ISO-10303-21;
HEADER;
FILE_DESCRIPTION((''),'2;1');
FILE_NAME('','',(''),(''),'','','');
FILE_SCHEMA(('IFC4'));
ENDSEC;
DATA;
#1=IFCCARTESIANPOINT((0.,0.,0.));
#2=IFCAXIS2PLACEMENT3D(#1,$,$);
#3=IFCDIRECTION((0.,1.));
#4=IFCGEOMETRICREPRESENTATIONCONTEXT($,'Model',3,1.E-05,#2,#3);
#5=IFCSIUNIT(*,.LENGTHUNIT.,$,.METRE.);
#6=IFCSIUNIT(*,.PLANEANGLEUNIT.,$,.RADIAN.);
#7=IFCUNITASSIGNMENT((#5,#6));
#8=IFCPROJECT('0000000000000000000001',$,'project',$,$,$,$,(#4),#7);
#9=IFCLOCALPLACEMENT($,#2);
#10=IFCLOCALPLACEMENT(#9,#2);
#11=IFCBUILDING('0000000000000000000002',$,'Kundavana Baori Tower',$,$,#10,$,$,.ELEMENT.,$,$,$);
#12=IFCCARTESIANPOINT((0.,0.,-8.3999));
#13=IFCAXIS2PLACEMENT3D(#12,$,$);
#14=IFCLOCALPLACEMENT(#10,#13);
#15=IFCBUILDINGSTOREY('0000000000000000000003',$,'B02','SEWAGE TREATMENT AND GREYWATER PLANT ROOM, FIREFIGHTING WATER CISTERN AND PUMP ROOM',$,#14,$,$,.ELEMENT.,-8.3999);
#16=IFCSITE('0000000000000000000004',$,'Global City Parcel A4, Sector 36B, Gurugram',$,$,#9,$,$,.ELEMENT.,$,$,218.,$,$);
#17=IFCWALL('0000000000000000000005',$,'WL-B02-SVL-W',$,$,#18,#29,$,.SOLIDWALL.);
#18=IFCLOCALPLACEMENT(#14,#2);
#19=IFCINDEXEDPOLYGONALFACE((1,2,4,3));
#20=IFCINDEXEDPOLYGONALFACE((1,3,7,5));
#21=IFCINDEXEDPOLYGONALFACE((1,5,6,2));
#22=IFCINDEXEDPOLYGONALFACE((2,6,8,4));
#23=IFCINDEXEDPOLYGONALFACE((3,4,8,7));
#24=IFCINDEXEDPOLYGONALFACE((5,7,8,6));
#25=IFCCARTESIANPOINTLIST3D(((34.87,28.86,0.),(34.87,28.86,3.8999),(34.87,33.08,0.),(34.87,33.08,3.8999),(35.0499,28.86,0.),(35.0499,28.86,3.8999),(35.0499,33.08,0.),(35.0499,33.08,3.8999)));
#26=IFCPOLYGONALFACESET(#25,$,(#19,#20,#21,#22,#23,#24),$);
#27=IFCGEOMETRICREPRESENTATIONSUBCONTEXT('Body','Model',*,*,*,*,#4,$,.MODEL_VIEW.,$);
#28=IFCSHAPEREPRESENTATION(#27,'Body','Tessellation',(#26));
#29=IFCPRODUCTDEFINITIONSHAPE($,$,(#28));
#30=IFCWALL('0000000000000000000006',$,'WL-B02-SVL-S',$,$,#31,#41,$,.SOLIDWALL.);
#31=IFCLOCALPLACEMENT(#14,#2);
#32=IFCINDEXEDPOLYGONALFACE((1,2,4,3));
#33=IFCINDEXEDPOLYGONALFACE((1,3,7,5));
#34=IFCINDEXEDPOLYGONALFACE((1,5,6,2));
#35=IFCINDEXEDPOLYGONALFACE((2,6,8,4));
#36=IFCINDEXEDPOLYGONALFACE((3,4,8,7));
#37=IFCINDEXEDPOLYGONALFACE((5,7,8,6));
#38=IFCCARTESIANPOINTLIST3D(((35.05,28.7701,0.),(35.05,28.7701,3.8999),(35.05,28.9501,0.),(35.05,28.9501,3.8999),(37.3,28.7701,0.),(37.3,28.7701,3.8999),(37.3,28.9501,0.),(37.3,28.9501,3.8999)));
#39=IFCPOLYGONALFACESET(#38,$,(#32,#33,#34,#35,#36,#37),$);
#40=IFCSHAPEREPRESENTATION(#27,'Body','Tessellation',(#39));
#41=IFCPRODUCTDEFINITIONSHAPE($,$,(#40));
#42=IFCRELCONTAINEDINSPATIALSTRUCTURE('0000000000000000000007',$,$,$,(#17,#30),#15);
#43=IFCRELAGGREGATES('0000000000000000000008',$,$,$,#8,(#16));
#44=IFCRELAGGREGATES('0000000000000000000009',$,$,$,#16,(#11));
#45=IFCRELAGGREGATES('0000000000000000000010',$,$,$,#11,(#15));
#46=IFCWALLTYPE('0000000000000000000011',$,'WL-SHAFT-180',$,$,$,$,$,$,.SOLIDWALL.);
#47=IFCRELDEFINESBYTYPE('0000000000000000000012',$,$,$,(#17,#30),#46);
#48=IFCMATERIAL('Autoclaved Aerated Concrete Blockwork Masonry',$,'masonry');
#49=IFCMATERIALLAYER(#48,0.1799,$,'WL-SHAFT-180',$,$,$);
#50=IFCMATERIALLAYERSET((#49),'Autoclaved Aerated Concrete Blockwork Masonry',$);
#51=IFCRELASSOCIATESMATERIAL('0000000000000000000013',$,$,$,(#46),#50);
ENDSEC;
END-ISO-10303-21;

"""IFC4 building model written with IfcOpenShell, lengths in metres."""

from ifc_helpers import new_model, si_unit, direction, frame, frame_2d, origin, place, context, subcontext, project, spatial, rectangle, extrude, material, layer, layer_set, type_object, element, save


model = new_model("IFC4")

# Units and contexts
model_context = context("Model", 3, precision=1e-05, world=origin(), true_north=direction((0.0, 1.0)))
body_context = subcontext(model_context, "Body", "Model", "MODEL_VIEW")
ifc_project = project(units=[si_unit("LENGTHUNIT", "METRE"), si_unit("PLANEANGLEUNIT", "RADIAN")], contexts=[model_context])

# Site, building, storey
site_placement = place(None, origin())
site = spatial("IfcSite", under=ifc_project, at=site_placement, Name="Global City Parcel A4, Sector 36B, Gurugram", CompositionType="ELEMENT", RefElevation=218.0)
building_placement = place(site_placement, origin())
building = spatial("IfcBuilding", under=site, at=building_placement, Name="Kundavana Baori Tower", CompositionType="ELEMENT")
storey_placement = place(building_placement, frame((0.0, 0.0, -8.3999)))
storey = spatial("IfcBuildingStorey", under=building, at=storey_placement, Name="B02", Description="SEWAGE TREATMENT AND GREYWATER PLANT ROOM, FIREFIGHTING WATER CISTERN AND PUMP ROOM", CompositionType="ELEMENT", Elevation=-8.3999)

# Wall
ifc_material_1 = material(Name="Autoclaved Aerated Concrete Blockwork Masonry", Category="masonry")
ifc_layer_1 = layer(ifc_material_1, 0.1799, Name="WL-SHAFT-180")
ifc_layer_set_1 = layer_set([ifc_layer_1], Name="Autoclaved Aerated Concrete Blockwork Masonry")
wall_type_1 = type_object("IfcWallType", Name="WL-SHAFT-180", PredefinedType="SOLIDWALL", material=ifc_layer_set_1)
wall_1_placement = place(storey_placement, frame((34.96, 28.8601, 0.0), z_axis=(0.0, 0.0, 1.0), x_axis=(0.0, 1.0, 0.0)))
element("IfcWall", 1, at=wall_1_placement, inside=storey, type_object=wall_type_1, Name="WL-B02-SVL-W", PredefinedType="SOLIDWALL", context=body_context, shape_type="SweptSolid", body=[
    extrude(rectangle(XDim=4.22, YDim=0.1799, at=frame_2d((2.1099, 0.0))), origin(), (0.0, 0.0, 1.0), 3.8999),
])

# Wall
wall_2_placement = place(storey_placement, frame((35.05, 28.8601, 0.0), z_axis=(0.0, 0.0, 1.0), x_axis=(1.0, 0.0, 0.0)))
element("IfcWall", 2, at=wall_2_placement, inside=storey, type_object=wall_type_1, Name="WL-B02-SVL-S", PredefinedType="SOLIDWALL", context=body_context, shape_type="SweptSolid", body=[
    extrude(rectangle(XDim=2.25, YDim=0.1799, at=frame_2d((1.125, 0.0))), origin(), (0.0, 0.0, 1.0), 3.8999),
])

save(model, "model.ifc")
